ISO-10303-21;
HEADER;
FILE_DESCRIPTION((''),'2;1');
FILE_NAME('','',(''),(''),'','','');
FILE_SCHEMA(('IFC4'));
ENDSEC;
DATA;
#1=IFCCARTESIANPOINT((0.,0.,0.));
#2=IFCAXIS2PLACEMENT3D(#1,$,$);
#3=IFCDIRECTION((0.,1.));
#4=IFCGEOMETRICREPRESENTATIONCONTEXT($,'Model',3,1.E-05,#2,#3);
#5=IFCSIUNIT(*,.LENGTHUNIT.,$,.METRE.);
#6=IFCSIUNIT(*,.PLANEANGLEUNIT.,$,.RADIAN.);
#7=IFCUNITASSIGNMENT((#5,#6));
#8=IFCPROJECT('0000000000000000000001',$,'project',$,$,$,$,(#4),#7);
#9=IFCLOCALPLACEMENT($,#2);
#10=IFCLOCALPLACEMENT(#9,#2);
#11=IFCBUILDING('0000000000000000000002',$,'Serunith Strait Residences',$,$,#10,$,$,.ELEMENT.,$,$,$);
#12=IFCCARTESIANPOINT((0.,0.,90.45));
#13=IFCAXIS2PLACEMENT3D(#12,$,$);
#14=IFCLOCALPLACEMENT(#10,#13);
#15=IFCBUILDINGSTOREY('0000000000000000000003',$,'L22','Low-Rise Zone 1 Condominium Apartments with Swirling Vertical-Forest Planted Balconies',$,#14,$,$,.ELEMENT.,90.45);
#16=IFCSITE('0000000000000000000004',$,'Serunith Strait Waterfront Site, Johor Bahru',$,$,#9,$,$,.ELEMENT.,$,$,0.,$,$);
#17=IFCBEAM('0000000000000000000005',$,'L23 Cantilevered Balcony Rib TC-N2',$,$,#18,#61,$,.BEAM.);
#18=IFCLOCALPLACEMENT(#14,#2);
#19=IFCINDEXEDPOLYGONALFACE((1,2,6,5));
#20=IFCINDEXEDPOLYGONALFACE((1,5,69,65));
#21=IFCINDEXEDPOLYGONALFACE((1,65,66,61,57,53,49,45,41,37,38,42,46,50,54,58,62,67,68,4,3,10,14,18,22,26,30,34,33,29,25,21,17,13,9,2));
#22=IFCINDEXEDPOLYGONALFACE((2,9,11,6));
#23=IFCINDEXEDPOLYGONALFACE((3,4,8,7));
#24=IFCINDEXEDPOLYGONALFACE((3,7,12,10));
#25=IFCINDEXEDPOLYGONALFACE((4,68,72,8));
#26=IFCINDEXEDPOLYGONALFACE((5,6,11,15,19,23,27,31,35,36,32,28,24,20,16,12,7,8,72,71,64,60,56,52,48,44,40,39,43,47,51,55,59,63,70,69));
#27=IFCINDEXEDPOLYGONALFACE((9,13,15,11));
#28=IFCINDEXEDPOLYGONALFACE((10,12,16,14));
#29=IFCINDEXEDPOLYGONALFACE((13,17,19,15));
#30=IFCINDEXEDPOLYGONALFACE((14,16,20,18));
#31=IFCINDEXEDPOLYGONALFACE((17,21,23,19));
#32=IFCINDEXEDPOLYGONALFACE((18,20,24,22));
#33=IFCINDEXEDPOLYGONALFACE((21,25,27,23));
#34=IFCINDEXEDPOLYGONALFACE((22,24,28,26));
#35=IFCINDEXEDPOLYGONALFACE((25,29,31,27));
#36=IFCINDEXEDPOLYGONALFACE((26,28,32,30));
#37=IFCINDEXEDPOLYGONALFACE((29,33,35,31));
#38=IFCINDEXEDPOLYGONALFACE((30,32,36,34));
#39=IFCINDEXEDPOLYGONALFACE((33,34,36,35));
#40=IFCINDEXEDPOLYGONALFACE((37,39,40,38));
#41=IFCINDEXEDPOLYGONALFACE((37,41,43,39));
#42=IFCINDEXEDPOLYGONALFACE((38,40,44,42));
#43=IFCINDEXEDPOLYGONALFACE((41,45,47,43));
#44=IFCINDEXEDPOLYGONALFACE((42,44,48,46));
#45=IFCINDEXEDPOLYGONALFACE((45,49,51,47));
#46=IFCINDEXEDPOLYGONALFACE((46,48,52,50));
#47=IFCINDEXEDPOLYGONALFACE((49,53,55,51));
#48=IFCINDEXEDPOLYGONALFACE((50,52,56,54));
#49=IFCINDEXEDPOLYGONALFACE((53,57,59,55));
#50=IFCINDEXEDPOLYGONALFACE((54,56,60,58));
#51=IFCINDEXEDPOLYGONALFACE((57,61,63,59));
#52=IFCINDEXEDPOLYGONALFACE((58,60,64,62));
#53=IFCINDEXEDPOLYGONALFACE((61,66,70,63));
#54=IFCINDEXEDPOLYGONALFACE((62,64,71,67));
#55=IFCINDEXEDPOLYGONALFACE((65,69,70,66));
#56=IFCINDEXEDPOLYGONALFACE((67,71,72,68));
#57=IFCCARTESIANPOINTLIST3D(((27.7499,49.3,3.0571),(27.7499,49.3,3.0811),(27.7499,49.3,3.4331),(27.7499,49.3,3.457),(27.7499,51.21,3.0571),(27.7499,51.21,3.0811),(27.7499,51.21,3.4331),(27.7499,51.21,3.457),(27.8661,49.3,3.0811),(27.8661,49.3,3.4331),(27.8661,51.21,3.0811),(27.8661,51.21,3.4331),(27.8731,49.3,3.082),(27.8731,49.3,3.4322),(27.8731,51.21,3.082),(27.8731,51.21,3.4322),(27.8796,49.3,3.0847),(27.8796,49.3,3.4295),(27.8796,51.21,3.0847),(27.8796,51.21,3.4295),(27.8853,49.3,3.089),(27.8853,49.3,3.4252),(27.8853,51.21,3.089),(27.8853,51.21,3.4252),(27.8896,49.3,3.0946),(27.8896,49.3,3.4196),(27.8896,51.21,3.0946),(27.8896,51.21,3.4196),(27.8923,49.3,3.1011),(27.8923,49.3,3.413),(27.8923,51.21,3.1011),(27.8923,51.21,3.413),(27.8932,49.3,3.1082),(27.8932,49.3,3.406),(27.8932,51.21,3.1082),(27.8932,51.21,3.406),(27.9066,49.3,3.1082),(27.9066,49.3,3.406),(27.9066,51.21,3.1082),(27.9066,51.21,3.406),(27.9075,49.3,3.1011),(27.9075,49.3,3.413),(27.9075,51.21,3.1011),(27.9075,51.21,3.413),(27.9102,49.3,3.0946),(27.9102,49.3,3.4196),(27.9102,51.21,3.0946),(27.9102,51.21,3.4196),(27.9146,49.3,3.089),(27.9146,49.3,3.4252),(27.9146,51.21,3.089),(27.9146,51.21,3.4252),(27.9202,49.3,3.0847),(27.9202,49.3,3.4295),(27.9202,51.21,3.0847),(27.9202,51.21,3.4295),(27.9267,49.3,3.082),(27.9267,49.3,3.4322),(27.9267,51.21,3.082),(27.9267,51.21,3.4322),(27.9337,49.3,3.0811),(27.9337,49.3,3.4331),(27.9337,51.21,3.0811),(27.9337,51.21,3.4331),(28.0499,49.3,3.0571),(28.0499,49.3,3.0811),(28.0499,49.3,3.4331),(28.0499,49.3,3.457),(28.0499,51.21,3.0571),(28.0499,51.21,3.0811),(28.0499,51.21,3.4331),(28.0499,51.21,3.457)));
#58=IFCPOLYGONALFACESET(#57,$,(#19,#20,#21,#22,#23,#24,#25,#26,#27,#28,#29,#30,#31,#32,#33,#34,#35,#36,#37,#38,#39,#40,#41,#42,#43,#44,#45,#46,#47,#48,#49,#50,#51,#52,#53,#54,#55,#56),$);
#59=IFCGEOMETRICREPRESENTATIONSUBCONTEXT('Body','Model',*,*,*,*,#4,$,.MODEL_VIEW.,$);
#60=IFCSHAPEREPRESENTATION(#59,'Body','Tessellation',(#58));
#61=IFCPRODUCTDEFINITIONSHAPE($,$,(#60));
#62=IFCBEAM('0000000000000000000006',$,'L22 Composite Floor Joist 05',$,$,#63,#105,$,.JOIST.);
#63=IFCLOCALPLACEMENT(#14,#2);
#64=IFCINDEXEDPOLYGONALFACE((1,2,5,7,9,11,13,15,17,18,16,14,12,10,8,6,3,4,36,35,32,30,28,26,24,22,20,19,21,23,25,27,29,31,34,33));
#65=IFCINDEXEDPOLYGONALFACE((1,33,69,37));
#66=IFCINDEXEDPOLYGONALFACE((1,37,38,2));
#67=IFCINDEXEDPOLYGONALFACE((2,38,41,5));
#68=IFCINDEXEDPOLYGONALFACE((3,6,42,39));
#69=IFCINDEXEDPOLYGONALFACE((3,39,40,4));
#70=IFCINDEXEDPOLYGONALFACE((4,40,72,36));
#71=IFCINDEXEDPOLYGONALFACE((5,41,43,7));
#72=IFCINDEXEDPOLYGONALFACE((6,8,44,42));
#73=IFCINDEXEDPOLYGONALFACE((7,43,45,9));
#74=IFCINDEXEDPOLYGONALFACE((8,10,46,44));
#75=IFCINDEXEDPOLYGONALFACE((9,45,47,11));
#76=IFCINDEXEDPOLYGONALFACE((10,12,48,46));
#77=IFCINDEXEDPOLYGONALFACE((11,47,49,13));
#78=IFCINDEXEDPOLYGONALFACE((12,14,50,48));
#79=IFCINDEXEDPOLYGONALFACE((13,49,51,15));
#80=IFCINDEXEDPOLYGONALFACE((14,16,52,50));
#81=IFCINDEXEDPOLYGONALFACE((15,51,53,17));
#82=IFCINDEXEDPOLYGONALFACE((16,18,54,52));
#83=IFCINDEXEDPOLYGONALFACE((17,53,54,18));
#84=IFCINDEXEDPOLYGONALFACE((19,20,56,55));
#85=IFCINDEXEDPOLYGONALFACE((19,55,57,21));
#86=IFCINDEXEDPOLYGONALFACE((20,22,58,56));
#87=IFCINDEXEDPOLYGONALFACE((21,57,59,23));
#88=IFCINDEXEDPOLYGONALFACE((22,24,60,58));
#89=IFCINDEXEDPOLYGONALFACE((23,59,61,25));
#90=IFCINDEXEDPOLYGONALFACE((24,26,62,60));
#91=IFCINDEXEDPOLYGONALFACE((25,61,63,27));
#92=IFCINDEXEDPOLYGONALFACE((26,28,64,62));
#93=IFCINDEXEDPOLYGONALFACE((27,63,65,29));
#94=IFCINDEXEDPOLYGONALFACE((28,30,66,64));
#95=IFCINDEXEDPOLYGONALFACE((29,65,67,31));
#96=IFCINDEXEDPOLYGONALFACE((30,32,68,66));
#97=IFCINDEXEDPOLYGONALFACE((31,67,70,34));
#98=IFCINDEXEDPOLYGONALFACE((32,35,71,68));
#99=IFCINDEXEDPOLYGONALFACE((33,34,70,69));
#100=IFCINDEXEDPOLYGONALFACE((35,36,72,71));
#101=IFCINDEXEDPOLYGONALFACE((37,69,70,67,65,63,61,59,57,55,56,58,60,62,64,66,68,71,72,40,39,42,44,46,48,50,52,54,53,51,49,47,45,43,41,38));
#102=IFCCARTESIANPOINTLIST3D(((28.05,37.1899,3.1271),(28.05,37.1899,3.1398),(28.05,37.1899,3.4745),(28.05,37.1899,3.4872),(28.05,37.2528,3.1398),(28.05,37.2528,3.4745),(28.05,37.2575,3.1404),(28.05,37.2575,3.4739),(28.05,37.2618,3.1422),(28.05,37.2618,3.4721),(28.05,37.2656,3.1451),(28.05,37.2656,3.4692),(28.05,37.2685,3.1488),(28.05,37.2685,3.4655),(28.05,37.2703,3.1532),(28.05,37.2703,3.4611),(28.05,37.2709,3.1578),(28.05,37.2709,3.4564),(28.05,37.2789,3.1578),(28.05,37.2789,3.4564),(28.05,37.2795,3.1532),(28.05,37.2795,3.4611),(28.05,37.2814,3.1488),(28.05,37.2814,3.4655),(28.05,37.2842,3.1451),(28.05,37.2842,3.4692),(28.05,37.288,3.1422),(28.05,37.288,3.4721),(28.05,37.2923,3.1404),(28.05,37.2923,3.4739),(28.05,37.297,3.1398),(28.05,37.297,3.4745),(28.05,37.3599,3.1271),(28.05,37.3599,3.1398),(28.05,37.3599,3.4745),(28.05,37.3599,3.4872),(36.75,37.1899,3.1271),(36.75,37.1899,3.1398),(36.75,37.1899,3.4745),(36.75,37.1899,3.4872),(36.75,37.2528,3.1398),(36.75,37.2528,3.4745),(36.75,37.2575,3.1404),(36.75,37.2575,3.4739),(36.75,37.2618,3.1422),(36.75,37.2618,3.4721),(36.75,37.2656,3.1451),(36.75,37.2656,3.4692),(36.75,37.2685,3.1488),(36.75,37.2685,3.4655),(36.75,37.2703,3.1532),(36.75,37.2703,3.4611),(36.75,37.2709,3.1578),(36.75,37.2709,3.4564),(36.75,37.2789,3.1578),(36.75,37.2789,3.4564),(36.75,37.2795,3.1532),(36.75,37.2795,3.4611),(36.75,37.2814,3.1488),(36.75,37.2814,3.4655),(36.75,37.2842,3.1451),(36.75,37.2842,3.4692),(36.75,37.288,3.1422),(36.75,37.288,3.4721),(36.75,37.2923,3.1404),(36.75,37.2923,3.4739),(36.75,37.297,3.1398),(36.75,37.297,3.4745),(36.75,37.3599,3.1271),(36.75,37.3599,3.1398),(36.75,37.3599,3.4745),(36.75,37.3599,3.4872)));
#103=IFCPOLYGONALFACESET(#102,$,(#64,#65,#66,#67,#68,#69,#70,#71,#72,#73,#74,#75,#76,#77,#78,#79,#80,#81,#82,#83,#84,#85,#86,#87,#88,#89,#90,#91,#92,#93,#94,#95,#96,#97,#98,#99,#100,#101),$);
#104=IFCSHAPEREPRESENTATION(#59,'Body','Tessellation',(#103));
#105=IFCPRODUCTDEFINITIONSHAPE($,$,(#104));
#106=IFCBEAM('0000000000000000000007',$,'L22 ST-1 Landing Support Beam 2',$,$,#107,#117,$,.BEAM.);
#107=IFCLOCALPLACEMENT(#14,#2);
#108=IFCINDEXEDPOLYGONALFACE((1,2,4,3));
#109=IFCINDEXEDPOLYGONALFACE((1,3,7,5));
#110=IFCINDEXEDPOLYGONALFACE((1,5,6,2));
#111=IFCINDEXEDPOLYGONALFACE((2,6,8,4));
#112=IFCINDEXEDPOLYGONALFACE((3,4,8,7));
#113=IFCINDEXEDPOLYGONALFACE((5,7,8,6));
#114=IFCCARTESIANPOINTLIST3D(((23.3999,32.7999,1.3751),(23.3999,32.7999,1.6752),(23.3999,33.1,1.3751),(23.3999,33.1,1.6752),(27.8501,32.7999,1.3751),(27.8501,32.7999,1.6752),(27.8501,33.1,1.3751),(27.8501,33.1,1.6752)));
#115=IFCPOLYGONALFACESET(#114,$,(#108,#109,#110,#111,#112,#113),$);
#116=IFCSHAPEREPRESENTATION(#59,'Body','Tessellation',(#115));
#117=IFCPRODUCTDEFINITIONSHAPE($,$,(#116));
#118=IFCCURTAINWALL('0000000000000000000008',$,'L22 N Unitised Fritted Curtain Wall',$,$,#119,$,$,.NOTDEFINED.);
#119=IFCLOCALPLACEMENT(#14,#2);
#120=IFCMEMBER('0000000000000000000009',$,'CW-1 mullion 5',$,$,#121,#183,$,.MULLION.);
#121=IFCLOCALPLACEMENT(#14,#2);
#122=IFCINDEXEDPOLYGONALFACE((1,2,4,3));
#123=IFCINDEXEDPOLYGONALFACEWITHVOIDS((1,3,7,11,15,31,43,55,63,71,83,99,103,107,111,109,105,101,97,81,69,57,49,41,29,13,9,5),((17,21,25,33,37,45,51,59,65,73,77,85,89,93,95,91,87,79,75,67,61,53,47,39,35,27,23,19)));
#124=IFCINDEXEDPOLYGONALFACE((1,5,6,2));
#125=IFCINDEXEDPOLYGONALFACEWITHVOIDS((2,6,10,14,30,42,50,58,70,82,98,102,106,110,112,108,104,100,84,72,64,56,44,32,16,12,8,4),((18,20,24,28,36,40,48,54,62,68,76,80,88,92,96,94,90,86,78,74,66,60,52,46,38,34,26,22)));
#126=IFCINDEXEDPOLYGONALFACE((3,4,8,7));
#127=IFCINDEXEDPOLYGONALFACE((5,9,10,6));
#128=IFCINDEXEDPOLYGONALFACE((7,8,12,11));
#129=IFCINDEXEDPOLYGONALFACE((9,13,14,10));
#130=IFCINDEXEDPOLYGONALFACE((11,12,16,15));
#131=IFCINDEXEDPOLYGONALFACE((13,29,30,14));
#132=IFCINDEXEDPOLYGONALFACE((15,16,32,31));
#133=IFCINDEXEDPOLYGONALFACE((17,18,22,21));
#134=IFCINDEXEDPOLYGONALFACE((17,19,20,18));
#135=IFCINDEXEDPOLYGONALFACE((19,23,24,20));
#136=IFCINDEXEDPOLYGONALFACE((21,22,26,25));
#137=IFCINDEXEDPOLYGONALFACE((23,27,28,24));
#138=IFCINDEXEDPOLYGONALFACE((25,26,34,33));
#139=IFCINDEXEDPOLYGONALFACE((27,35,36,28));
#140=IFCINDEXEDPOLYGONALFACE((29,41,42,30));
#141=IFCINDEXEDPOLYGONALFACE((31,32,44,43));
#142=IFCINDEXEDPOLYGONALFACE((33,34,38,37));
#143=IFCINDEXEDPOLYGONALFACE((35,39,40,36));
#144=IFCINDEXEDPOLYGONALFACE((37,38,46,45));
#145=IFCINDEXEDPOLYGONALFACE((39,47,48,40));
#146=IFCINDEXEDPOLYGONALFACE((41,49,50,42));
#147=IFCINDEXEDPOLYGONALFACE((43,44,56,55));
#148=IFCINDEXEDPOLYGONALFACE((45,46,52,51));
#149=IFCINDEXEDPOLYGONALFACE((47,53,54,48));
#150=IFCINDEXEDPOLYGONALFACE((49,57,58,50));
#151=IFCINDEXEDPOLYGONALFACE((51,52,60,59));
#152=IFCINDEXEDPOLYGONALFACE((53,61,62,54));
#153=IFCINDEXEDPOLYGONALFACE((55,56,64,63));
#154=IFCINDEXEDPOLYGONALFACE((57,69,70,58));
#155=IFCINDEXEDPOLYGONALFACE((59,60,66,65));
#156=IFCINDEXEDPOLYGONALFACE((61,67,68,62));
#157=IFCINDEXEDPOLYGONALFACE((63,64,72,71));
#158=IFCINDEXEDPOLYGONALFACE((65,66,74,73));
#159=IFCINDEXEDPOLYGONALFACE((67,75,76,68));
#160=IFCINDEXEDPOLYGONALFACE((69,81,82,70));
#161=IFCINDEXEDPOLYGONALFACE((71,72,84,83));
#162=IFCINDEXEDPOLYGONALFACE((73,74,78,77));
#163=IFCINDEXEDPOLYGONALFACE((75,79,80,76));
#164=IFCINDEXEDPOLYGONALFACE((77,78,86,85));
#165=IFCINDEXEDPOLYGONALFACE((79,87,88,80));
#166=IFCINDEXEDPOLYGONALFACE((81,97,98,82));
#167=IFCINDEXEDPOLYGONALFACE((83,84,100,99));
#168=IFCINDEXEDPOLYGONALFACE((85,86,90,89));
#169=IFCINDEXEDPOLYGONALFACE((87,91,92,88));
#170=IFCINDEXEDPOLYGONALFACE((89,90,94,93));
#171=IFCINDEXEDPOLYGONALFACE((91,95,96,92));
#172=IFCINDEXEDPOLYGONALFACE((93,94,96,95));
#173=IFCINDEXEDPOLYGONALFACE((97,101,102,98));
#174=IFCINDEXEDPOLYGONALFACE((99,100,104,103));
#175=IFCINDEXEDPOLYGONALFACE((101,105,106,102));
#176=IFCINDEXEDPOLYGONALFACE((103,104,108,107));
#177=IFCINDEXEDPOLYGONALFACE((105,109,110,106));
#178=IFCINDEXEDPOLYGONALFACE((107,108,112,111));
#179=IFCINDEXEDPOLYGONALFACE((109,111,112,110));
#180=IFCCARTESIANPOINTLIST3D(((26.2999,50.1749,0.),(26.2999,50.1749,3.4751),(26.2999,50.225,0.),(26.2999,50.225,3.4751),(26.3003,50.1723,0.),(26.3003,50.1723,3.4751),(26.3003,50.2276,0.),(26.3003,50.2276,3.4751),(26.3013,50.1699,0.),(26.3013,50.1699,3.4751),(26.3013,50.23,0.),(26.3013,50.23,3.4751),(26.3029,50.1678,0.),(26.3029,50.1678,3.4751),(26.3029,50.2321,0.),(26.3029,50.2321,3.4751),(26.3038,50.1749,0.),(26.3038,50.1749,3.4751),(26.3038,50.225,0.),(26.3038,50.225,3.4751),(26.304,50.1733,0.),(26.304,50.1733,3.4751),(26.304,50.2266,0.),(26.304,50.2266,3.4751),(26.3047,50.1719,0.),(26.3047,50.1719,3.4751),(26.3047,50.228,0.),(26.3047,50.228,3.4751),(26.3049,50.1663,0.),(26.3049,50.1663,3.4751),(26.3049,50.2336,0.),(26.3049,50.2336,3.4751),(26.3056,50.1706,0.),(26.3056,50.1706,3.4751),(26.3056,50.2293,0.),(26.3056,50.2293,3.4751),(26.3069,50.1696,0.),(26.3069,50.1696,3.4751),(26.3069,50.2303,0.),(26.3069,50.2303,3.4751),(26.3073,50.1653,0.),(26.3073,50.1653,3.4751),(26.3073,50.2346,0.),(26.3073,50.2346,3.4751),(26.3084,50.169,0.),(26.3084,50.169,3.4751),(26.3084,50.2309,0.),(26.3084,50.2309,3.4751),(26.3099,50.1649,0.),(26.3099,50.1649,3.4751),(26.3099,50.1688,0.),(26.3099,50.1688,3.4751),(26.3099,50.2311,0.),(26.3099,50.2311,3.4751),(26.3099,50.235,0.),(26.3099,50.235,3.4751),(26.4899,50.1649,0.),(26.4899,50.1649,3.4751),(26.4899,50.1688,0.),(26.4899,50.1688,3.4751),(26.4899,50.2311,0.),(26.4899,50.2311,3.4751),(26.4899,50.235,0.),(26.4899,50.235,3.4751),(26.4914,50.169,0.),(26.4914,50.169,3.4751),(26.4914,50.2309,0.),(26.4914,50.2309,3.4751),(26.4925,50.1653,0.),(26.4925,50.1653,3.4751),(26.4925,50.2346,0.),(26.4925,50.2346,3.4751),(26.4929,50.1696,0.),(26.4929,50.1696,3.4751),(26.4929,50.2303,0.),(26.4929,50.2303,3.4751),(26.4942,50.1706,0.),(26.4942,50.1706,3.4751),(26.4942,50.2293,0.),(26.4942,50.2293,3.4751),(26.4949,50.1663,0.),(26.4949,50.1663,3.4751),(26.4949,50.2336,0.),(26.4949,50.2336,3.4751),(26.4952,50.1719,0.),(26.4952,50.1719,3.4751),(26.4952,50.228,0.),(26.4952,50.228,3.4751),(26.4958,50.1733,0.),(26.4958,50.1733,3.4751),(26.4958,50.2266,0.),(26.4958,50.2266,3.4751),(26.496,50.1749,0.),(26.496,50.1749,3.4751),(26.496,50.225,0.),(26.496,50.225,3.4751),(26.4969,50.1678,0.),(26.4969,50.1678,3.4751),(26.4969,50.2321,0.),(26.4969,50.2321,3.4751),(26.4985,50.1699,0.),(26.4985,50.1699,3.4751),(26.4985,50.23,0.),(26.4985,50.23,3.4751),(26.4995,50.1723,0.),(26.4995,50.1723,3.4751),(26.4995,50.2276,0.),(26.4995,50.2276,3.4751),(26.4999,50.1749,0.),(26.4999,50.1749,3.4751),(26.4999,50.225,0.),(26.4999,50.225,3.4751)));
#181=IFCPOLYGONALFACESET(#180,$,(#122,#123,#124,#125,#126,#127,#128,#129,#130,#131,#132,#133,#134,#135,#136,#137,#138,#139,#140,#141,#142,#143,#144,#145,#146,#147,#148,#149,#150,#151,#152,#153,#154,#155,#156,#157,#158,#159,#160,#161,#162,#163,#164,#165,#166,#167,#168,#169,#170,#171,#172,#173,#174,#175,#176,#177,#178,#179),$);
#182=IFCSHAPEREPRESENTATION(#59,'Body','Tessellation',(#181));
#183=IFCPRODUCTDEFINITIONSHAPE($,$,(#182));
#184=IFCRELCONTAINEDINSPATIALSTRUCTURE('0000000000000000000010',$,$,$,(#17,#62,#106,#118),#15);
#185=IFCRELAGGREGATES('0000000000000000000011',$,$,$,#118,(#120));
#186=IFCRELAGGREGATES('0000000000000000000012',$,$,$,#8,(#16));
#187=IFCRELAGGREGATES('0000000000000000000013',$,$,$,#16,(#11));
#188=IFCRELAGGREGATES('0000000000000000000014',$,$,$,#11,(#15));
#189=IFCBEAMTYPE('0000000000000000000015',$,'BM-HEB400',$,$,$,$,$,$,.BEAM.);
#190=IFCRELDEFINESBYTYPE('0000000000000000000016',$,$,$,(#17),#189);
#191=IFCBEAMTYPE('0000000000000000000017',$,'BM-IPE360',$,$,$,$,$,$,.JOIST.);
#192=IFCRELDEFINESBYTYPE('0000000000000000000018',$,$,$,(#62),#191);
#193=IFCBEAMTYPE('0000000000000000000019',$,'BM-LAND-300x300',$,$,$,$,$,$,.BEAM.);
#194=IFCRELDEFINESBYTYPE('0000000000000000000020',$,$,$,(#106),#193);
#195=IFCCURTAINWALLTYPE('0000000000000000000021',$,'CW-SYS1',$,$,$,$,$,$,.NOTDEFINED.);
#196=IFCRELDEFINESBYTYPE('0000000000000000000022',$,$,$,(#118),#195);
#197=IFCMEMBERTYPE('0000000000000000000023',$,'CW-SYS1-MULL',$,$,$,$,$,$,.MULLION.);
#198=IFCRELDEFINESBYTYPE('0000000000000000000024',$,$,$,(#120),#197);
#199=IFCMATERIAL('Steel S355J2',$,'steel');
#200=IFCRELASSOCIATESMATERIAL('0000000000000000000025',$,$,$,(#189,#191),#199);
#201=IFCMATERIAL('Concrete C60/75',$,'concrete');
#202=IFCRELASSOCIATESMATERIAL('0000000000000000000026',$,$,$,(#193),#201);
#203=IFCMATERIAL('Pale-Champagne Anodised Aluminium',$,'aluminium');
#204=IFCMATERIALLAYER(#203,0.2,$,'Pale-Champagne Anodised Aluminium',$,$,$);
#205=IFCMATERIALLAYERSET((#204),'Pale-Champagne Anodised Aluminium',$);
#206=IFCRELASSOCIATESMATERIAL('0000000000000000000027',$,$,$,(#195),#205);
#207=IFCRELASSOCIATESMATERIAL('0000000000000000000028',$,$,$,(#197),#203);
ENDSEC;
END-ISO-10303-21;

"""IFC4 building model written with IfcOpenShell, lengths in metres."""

from ifc_helpers import new_model, si_unit, direction, frame, origin, origin_2d, place, context, subcontext, project, spatial, rectangle, hollow_rectangle, i_section, extrude, source, transform, mapped, material, layer, layer_set, material_profile, profile_set, type_object, element, aggregate, save


model = new_model("IFC4")

# Units and contexts
model_context = context("Model", 3, precision=1e-05, world=origin(), true_north=direction((0.0, 1.0)))
body_context = subcontext(model_context, "Body", "Model", "MODEL_VIEW")
ifc_project = project(units=[si_unit("LENGTHUNIT", "METRE"), si_unit("PLANEANGLEUNIT", "RADIAN")], contexts=[model_context])

# Site, building, storey
site_placement = place(None, origin())
site = spatial("IfcSite", under=ifc_project, at=site_placement, Name="Serunith Strait Waterfront Site, Johor Bahru", CompositionType="ELEMENT", RefElevation=0.0)
building_placement = place(site_placement, origin())
building = spatial("IfcBuilding", under=site, at=building_placement, Name="Serunith Strait Residences", CompositionType="ELEMENT")
storey_placement = place(building_placement, frame((0.0, 0.0, 90.45)))
storey = spatial("IfcBuildingStorey", under=building, at=storey_placement, Name="L22", Description="Low-Rise Zone 1 Condominium Apartments with Swirling Vertical-Forest Planted Balconies", CompositionType="ELEMENT", Elevation=90.45)

# Beams
ifc_material_1 = material(Name="Steel S355J2", Category="steel")
ifc_material_profile_1 = material_profile(ifc_material_1, i_section(OverallWidth=0.3, OverallDepth=0.3999, WebThickness=0.0134, FlangeThickness=0.0239, FilletRadius=0.0271, at=origin_2d()), Name="HEB 400")
ifc_profile_set_1 = profile_set([ifc_material_profile_1], Name="Steel S355J2")
beam_type_1 = type_object("IfcBeamType", Name="BM-HEB400", PredefinedType="BEAM", material=ifc_profile_set_1)
shared_shape_1 = source(origin(), body_context, "Body", "SweptSolid", [
    extrude(i_section(OverallWidth=0.3, OverallDepth=0.3999, WebThickness=0.0134, FlangeThickness=0.0239, FilletRadius=0.0271, at=origin_2d()), origin(), (0.0, 0.0, 1.0), 1.9099),
])
beam_1_placement = place(storey_placement, frame((27.8999, 49.3, 3.2571), z_axis=(0.0, 1.0, 0.0), x_axis=(-1.0, 0.0, 0.0)))
element("IfcBeam", 1, at=beam_1_placement, inside=storey, type_object=beam_type_1, Name="L23 Cantilevered Balcony Rib TC-N2", PredefinedType="BEAM", context=body_context, shape_type="MappedRepresentation", body=[
    mapped(shared_shape_1, transform((0.0, 0.0, 0.0), scale=1.0)),
])
ifc_material_profile_2 = material_profile(ifc_material_1, i_section(OverallWidth=0.1699, OverallDepth=0.3601, WebThickness=0.0081, FlangeThickness=0.0127, FilletRadius=0.0181, at=origin_2d()), Name="IPE 360")
ifc_profile_set_2 = profile_set([ifc_material_profile_2], Name="Steel S355J2")
beam_type_2 = type_object("IfcBeamType", Name="BM-IPE360", PredefinedType="JOIST", material=ifc_profile_set_2)
shared_shape_2 = source(origin(), body_context, "Body", "SweptSolid", [
    extrude(i_section(OverallWidth=0.1699, OverallDepth=0.3601, WebThickness=0.0081, FlangeThickness=0.0127, FilletRadius=0.0181, at=origin_2d()), origin(), (0.0, 0.0, 1.0), 8.7),
])
beam_2_placement = place(storey_placement, frame((28.05, 37.2749, 3.3071), z_axis=(1.0, 0.0, 0.0), x_axis=(0.0, 1.0, 0.0)))
element("IfcBeam", 2, at=beam_2_placement, inside=storey, type_object=beam_type_2, Name="L22 Composite Floor Joist 05", PredefinedType="JOIST", context=body_context, shape_type="MappedRepresentation", body=[
    mapped(shared_shape_2, transform((0.0, 0.0, 0.0), scale=1.0)),
])
ifc_material_2 = material(Name="Concrete C60/75", Category="concrete")
ifc_material_profile_3 = material_profile(ifc_material_2, rectangle(XDim=0.3, YDim=0.3, at=origin_2d()), Name="RC 300x300")
ifc_profile_set_3 = profile_set([ifc_material_profile_3], Name="Concrete C60/75")
beam_type_3 = type_object("IfcBeamType", Name="BM-LAND-300x300", PredefinedType="BEAM", material=ifc_profile_set_3)
shared_shape_3 = source(origin(), body_context, "Body", "SweptSolid", [
    extrude(rectangle(XDim=0.3, YDim=0.3, at=origin_2d()), origin(), (0.0, 0.0, 1.0), 4.4502),
])
beam_3_placement = place(storey_placement, frame((23.3999, 32.95, 1.5251), z_axis=(1.0, 0.0, 0.0), x_axis=(0.0, 1.0, 0.0)))
element("IfcBeam", 3, at=beam_3_placement, inside=storey, type_object=beam_type_3, Name="L22 ST-1 Landing Support Beam 2", PredefinedType="BEAM", context=body_context, shape_type="MappedRepresentation", body=[
    mapped(shared_shape_3, transform((0.0, 0.0, 0.0), scale=1.0)),
])

# Curtain wall, member
ifc_material_3 = material(Name="Pale-Champagne Anodised Aluminium", Category="aluminium")
ifc_layer_1 = layer(ifc_material_3, 0.2, Name="Pale-Champagne Anodised Aluminium")
ifc_layer_set_1 = layer_set([ifc_layer_1], Name="Pale-Champagne Anodised Aluminium")
curtain_wall_type = type_object("IfcCurtainWallType", Name="CW-SYS1", PredefinedType="NOTDEFINED", material=ifc_layer_set_1)
curtain_wall_placement = place(storey_placement, origin())
curtain_wall = element("IfcCurtainWall", 4, at=curtain_wall_placement, inside=storey, type_object=curtain_wall_type, Name="L22 N Unitised Fritted Curtain Wall", PredefinedType="NOTDEFINED")
ifc_material_profile_4 = material_profile(ifc_material_3, hollow_rectangle(XDim=0.0701, YDim=0.2, WallThickness=0.0039, InnerFilletRadius=0.0061, OuterFilletRadius=0.01, at=origin_2d()), Name="ALU 200x70x4")
ifc_profile_set_4 = profile_set([ifc_material_profile_4], Name="Pale-Champagne Anodised Aluminium")
member_type_1 = type_object("IfcMemberType", Name="CW-SYS1-MULL", PredefinedType="MULLION", material=ifc_profile_set_4)
shared_shape_4 = source(origin(), body_context, "Body", "SweptSolid", [
    extrude(hollow_rectangle(XDim=0.0701, YDim=0.2, WallThickness=0.0039, InnerFilletRadius=0.0061, OuterFilletRadius=0.01, at=origin_2d()), origin(), (0.0, 0.0, 1.0), 3.4751),
])
member_1_placement = place(storey_placement, frame((26.3999, 50.2, 0.0), z_axis=(0.0, 0.0, 1.0), x_axis=(0.0, -1.0, 0.0)))
member_1 = element("IfcMember", 5, at=member_1_placement, type_object=member_type_1, Name="CW-1 mullion 5", PredefinedType="MULLION", context=body_context, shape_type="MappedRepresentation", body=[
    mapped(shared_shape_4, transform((0.0, 0.0, 0.0), scale=1.0)),
])
aggregate(curtain_wall, [member_1])

save(model, "model.ifc")
